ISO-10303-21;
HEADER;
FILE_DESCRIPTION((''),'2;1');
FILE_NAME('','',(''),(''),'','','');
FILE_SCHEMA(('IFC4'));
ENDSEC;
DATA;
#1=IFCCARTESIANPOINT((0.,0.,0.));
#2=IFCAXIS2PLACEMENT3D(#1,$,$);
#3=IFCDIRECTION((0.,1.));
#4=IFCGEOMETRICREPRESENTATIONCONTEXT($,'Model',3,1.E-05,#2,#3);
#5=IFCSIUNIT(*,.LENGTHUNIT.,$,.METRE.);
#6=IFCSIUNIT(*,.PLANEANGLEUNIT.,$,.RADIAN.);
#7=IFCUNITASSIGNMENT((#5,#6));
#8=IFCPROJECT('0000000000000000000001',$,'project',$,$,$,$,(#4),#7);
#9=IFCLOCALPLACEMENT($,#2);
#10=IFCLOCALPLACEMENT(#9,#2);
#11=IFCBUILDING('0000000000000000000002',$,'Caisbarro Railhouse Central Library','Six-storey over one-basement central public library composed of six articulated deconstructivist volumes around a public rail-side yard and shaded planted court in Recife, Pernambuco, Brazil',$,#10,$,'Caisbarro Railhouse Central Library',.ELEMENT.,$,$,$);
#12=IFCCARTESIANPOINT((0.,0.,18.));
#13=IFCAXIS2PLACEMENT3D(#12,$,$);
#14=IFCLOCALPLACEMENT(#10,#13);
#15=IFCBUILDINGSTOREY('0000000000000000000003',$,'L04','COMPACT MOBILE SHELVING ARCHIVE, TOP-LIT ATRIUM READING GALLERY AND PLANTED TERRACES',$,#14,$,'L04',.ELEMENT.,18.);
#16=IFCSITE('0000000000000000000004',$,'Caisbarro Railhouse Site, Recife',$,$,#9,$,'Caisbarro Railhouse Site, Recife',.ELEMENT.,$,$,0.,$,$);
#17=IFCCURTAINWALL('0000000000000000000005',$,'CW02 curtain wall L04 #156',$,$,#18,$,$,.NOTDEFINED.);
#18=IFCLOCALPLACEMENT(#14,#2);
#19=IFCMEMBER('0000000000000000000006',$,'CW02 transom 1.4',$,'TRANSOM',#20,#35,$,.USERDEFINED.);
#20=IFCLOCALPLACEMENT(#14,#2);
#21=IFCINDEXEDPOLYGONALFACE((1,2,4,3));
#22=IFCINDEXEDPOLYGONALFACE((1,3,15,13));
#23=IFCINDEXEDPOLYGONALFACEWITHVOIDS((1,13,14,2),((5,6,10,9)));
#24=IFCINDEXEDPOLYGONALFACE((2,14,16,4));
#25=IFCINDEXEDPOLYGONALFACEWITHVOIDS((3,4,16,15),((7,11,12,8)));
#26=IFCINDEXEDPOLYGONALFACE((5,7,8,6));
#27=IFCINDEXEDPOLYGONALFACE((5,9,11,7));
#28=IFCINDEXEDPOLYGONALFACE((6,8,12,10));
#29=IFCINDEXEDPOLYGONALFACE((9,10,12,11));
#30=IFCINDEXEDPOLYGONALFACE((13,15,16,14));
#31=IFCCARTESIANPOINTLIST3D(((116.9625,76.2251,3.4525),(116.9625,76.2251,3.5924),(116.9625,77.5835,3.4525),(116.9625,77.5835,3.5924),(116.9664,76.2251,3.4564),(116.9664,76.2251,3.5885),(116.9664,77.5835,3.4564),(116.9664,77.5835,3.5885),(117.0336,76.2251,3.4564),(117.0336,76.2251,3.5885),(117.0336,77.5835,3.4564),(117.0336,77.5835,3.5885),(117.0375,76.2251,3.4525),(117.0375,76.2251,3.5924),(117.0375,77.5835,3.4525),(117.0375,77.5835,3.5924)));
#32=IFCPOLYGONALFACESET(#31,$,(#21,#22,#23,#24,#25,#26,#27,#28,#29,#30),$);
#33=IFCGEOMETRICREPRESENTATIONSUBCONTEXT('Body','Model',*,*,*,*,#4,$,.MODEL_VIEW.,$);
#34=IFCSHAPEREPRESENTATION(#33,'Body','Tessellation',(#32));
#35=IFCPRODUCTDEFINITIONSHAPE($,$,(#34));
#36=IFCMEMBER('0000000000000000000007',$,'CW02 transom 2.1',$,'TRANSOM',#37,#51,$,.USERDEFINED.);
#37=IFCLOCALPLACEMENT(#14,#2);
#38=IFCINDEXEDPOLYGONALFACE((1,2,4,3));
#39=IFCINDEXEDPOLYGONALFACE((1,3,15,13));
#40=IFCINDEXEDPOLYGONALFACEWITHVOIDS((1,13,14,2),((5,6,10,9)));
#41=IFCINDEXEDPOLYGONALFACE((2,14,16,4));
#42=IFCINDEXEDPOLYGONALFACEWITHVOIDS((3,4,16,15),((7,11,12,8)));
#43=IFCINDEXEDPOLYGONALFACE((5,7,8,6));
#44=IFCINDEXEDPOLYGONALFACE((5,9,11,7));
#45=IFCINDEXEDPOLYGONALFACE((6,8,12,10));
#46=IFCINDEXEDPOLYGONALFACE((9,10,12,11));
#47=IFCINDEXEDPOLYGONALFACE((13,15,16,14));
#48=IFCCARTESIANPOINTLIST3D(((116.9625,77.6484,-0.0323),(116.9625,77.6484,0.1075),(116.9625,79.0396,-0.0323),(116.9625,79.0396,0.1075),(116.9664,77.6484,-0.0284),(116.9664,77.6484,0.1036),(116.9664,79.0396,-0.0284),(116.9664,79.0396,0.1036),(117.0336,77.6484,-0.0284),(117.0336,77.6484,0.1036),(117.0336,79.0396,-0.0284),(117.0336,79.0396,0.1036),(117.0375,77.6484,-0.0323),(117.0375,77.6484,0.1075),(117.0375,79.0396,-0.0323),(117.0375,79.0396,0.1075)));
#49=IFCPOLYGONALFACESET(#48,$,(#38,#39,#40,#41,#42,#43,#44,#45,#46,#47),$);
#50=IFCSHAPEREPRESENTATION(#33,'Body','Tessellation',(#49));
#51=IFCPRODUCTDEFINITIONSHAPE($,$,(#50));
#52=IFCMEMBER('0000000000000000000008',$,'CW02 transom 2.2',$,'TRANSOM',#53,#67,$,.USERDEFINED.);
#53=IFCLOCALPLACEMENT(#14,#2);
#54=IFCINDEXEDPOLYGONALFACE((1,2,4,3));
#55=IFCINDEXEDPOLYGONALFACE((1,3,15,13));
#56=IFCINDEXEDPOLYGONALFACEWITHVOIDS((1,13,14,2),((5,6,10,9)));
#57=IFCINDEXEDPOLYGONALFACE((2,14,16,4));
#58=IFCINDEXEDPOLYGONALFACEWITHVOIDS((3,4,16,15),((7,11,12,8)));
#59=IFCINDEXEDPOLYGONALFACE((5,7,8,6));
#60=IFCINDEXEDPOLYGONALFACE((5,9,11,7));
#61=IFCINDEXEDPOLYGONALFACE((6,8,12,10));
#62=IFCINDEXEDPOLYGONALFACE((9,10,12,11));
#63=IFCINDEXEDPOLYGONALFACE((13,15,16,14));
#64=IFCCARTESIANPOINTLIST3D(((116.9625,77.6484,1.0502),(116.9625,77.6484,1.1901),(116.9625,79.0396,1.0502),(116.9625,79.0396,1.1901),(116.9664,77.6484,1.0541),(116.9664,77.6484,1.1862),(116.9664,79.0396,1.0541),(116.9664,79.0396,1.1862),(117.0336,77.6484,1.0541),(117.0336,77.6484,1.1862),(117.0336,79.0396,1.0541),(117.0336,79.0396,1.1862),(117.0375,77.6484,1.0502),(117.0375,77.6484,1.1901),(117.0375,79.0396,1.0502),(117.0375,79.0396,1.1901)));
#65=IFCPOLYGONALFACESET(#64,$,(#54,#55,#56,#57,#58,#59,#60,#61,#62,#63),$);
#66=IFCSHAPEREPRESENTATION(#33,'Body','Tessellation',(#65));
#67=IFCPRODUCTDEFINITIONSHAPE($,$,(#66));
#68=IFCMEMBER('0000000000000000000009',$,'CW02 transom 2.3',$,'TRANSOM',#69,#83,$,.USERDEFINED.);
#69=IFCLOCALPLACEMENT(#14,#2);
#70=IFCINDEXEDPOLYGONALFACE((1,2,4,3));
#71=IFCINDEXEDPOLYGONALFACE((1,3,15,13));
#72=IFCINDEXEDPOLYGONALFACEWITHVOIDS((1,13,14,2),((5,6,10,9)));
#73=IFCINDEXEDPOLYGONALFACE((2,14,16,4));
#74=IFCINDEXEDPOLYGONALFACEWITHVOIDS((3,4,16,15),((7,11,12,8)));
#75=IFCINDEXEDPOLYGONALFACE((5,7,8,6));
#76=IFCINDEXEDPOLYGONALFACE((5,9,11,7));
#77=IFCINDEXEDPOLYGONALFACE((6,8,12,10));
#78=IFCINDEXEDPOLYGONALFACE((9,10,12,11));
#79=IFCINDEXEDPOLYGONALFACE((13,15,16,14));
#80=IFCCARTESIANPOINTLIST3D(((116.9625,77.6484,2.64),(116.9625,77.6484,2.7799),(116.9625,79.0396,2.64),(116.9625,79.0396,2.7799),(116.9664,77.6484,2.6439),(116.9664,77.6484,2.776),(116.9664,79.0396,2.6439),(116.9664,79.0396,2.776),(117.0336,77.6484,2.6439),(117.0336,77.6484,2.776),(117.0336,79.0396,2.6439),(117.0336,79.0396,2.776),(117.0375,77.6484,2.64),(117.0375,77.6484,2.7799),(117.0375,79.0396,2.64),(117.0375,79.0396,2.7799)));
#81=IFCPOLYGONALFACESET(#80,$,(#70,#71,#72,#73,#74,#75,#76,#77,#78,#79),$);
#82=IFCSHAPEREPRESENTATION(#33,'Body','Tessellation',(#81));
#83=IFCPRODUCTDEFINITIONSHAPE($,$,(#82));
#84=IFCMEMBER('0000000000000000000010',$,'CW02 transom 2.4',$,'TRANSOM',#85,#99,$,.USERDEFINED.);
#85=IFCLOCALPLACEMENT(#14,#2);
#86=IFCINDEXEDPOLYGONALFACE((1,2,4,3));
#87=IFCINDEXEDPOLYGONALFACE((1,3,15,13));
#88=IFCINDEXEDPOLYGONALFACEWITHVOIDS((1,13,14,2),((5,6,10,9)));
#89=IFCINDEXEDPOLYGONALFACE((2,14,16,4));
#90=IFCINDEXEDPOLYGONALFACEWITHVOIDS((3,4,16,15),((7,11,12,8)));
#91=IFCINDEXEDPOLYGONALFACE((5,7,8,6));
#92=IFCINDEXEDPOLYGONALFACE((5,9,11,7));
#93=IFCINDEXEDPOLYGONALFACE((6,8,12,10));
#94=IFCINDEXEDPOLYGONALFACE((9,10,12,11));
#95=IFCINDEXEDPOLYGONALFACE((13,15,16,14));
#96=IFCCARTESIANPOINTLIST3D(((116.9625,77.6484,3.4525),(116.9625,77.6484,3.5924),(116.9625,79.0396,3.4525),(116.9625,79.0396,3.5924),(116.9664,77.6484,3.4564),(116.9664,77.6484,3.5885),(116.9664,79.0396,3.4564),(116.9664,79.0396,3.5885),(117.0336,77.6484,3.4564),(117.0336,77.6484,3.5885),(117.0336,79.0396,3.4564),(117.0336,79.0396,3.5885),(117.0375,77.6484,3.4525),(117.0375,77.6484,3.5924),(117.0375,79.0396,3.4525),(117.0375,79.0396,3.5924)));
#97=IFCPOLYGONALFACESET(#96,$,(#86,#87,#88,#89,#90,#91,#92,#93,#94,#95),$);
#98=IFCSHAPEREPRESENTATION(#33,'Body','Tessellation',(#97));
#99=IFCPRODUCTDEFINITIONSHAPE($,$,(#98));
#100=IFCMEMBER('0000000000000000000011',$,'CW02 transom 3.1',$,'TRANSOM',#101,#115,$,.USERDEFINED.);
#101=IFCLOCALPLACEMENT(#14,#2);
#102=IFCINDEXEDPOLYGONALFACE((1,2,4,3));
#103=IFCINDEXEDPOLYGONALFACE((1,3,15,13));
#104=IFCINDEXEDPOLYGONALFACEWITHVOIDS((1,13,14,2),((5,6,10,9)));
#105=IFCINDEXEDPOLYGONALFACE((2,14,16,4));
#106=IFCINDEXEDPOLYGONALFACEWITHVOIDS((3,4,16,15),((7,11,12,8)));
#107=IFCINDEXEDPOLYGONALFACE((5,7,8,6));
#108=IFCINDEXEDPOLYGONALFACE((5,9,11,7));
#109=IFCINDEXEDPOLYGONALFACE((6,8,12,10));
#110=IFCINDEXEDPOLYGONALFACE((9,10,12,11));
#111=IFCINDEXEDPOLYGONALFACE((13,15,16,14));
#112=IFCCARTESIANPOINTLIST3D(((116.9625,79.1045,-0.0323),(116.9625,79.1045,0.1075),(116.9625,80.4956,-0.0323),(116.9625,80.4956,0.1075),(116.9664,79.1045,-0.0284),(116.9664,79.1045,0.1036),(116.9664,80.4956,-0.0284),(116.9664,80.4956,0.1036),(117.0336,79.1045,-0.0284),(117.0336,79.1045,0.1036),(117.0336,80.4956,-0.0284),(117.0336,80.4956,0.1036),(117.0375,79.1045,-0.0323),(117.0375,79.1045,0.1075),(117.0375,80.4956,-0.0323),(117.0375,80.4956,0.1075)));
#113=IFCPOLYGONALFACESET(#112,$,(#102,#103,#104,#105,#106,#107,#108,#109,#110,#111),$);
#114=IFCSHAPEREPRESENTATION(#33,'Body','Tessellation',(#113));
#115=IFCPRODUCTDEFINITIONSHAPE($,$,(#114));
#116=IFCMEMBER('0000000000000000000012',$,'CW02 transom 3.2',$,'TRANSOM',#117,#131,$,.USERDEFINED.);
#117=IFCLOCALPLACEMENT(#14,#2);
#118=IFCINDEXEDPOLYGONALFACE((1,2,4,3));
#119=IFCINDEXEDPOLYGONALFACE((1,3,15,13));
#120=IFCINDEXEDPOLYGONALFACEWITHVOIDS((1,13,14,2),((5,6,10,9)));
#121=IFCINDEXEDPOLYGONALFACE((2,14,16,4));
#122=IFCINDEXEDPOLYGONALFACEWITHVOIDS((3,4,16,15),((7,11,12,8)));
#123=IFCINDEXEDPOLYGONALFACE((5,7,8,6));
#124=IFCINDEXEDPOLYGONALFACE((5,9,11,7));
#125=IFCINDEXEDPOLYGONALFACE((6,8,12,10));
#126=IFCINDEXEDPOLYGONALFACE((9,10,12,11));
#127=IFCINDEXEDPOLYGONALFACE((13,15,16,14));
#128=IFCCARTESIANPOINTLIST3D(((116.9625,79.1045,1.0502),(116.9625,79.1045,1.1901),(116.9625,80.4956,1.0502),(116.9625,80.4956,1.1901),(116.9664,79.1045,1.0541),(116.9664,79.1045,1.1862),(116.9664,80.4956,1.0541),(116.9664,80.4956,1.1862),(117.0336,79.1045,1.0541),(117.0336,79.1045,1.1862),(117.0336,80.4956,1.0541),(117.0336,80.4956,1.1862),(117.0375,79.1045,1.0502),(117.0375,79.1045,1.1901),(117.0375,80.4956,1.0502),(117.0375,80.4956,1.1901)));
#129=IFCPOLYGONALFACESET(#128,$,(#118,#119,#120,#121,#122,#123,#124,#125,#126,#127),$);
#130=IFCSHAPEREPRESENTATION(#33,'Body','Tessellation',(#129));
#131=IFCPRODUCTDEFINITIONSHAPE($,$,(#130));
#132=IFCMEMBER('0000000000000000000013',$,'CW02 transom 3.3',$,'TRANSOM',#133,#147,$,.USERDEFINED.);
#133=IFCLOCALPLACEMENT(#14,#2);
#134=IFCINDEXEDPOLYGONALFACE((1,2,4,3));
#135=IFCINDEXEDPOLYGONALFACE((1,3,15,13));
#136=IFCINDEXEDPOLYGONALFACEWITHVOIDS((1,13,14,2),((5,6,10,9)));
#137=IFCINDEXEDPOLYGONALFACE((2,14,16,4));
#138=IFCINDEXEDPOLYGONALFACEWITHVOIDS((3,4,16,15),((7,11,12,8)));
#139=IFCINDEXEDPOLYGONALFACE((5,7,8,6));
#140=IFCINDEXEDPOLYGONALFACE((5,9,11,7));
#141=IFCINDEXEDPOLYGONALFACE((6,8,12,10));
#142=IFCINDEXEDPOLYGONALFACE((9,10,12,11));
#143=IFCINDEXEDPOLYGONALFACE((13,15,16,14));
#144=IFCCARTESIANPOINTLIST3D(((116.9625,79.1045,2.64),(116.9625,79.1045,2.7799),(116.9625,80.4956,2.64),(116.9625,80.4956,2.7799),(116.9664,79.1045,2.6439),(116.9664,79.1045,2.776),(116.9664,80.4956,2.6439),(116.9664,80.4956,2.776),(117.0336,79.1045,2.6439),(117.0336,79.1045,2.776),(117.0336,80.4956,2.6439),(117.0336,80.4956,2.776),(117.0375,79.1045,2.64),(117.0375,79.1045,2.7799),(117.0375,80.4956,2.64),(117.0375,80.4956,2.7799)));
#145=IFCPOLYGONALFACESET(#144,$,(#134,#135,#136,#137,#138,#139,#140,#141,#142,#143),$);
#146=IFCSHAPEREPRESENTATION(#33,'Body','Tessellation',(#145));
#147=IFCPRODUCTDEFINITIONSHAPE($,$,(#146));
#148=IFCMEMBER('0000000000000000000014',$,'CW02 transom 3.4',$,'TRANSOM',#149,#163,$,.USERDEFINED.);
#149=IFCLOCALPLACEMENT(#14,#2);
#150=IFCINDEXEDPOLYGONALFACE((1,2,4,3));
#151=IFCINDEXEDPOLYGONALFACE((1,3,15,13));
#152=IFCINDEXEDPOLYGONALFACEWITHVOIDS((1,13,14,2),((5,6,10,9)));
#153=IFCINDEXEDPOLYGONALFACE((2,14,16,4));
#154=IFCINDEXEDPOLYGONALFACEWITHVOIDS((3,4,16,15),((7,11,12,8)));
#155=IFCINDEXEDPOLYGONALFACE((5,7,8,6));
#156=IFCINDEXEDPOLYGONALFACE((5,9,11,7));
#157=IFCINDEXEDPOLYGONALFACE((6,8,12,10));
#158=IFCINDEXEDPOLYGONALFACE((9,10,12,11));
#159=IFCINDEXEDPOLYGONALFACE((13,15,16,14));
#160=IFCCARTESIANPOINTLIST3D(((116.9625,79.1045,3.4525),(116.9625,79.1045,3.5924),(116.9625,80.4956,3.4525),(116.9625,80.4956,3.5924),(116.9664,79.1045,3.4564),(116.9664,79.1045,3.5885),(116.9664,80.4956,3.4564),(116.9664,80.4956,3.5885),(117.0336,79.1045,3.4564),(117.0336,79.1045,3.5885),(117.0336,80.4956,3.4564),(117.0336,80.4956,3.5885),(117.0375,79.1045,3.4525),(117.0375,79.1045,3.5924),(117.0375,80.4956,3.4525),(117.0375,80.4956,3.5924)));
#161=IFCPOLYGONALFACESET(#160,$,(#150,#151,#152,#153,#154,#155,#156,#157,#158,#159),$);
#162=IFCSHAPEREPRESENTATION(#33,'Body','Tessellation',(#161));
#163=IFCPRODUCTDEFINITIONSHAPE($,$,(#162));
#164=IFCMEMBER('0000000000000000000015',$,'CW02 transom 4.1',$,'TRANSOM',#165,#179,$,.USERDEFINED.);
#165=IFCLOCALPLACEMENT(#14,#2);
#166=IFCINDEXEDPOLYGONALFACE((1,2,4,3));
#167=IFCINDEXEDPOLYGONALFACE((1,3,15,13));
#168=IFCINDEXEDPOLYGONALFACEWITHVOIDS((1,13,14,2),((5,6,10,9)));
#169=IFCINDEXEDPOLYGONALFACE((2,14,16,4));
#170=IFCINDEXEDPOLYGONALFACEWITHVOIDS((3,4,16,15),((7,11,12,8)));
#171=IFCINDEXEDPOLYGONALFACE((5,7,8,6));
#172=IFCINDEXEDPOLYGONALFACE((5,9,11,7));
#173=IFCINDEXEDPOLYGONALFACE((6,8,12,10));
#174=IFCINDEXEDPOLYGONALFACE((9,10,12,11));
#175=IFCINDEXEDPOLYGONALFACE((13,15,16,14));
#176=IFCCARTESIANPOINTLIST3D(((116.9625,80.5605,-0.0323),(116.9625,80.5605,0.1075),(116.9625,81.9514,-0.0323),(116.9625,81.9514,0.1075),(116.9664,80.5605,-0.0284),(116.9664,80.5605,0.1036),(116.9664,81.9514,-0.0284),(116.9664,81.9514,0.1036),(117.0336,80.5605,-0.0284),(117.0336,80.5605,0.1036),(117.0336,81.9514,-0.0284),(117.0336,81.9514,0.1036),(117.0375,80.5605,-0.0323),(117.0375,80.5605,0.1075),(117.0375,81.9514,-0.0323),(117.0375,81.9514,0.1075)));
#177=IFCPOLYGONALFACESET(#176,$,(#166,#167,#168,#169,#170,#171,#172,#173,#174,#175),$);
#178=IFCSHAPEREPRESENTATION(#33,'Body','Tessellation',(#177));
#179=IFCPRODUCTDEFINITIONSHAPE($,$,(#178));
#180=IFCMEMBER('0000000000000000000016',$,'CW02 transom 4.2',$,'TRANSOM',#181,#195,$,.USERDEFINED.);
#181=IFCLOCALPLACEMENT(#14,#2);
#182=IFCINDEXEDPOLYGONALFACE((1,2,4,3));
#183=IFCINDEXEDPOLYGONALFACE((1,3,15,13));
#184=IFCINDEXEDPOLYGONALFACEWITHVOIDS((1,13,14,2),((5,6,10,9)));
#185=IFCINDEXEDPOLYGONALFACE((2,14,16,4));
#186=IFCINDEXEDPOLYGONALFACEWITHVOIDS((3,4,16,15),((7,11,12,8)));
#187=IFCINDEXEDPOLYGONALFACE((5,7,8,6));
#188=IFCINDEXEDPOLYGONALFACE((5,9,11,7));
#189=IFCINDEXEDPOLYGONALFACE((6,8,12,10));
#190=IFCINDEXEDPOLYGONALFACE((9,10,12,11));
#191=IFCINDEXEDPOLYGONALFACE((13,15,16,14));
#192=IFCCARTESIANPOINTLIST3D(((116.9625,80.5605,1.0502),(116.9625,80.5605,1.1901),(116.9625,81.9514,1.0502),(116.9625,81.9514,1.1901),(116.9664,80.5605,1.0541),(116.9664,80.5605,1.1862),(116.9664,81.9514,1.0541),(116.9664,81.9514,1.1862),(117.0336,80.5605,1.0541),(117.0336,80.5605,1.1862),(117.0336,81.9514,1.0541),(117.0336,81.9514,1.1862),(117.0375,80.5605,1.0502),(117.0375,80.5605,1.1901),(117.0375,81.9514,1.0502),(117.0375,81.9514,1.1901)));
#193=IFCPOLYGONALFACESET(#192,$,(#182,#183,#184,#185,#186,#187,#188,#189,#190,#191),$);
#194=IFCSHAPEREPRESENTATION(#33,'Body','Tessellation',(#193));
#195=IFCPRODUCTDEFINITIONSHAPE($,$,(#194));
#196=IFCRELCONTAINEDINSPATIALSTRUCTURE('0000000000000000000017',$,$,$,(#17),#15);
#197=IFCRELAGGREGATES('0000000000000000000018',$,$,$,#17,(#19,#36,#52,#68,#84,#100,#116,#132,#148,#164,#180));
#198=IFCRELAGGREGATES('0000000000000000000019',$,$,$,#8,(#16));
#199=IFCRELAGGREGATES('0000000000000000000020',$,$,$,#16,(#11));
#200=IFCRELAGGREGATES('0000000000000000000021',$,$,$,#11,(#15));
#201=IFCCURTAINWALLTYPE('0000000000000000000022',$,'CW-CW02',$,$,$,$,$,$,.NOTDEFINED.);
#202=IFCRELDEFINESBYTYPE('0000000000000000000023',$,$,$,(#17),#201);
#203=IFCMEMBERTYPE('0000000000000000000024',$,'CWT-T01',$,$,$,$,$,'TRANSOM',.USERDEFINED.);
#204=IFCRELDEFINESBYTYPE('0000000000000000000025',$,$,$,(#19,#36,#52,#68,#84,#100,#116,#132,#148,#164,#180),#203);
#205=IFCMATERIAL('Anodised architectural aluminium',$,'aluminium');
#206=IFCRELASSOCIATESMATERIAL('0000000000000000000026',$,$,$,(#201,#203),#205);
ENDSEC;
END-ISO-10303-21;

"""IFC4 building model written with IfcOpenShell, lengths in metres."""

from ifc_helpers import new_model, si_unit, direction, frame, origin, origin_2d, place, context, subcontext, project, spatial, hollow_rectangle, extrude, material, material_profile, profile_set, type_object, element, aggregate, save


model = new_model("IFC4")

# Units and contexts
model_context = context("Model", 3, precision=1e-05, world=origin(), true_north=direction((0.0, 1.0)))
body_context = subcontext(model_context, "Body", "Model", "MODEL_VIEW")
ifc_project = project(units=[si_unit("LENGTHUNIT", "METRE"), si_unit("PLANEANGLEUNIT", "RADIAN")], contexts=[model_context])

# Site, building, storey
site_placement = place(None, origin())
site = spatial("IfcSite", under=ifc_project, at=site_placement, Name="Caisbarro Railhouse Site, Recife", LongName="Caisbarro Railhouse Site, Recife", CompositionType="ELEMENT", RefElevation=0.0)
building_placement = place(site_placement, origin())
building = spatial("IfcBuilding", under=site, at=building_placement, Name="Caisbarro Railhouse Central Library", Description="Six-storey over one-basement central public library composed of six articulated deconstructivist volumes around a public rail-side yard and shaded planted court in Recife, Pernambuco, Brazil", LongName="Caisbarro Railhouse Central Library", CompositionType="ELEMENT")
storey_placement = place(building_placement, frame((0.0, 0.0, 18.0)))
storey = spatial("IfcBuildingStorey", under=building, at=storey_placement, Name="L04", Description="COMPACT MOBILE SHELVING ARCHIVE, TOP-LIT ATRIUM READING GALLERY AND PLANTED TERRACES", LongName="L04", CompositionType="ELEMENT", Elevation=18.0)

# Curtain wall, members
ifc_material_1 = material(Name="Anodised architectural aluminium", Category="aluminium")
curtain_wall_type = type_object("IfcCurtainWallType", Name="CW-CW02", PredefinedType="NOTDEFINED", material=ifc_material_1)
curtain_wall_placement = place(storey_placement, origin())
curtain_wall = element("IfcCurtainWall", 1, at=curtain_wall_placement, inside=storey, type_object=curtain_wall_type, Name="CW02 curtain wall L04 #156", PredefinedType="NOTDEFINED")
ifc_material_profile_1 = material_profile(ifc_material_1, hollow_rectangle(XDim=0.075, YDim=0.1399, WallThickness=0.0039, at=origin_2d()), Name="ALU-TRN-75X140")
ifc_profile_set_1 = profile_set([ifc_material_profile_1], Name="Anodised architectural aluminium")
member_type_1 = type_object("IfcMemberType", Name="CWT-T01", ElementType="TRANSOM", PredefinedType="USERDEFINED", material=ifc_profile_set_1)
member_1_placement = place(storey_placement, frame((117.0, 76.2251, 3.5225), z_axis=(0.0, 1.0, 0.0), x_axis=(-1.0, 0.0, 0.0)))
member_1 = element("IfcMember", 2, at=member_1_placement, type_object=member_type_1, Name="CW02 transom 1.4", ObjectType="TRANSOM", PredefinedType="USERDEFINED", context=body_context, shape_type="SweptSolid", body=[
    extrude(hollow_rectangle(XDim=0.075, YDim=0.1399, WallThickness=0.0039, at=origin_2d()), origin(), (0.0, 0.0, 1.0), 1.3584),
])
member_2_placement = place(storey_placement, frame((117.0, 77.6484, 0.0376), z_axis=(0.0, 1.0, 0.0), x_axis=(-1.0, 0.0, 0.0)))
member_2 = element("IfcMember", 3, at=member_2_placement, type_object=member_type_1, Name="CW02 transom 2.1", ObjectType="TRANSOM", PredefinedType="USERDEFINED", context=body_context, shape_type="SweptSolid", body=[
    extrude(hollow_rectangle(XDim=0.075, YDim=0.1399, WallThickness=0.0039, at=origin_2d()), origin(), (0.0, 0.0, 1.0), 1.3911),
])
member_3_placement = place(storey_placement, frame((117.0, 77.6484, 1.1201), z_axis=(0.0, 1.0, 0.0), x_axis=(-1.0, 0.0, 0.0)))
member_3 = element("IfcMember", 4, at=member_3_placement, type_object=member_type_1, Name="CW02 transom 2.2", ObjectType="TRANSOM", PredefinedType="USERDEFINED", context=body_context, shape_type="SweptSolid", body=[
    extrude(hollow_rectangle(XDim=0.075, YDim=0.1399, WallThickness=0.0039, at=origin_2d()), origin(), (0.0, 0.0, 1.0), 1.3911),
])
member_4_placement = place(storey_placement, frame((117.0, 77.6484, 2.71), z_axis=(0.0, 1.0, 0.0), x_axis=(-1.0, 0.0, 0.0)))
member_4 = element("IfcMember", 5, at=member_4_placement, type_object=member_type_1, Name="CW02 transom 2.3", ObjectType="TRANSOM", PredefinedType="USERDEFINED", context=body_context, shape_type="SweptSolid", body=[
    extrude(hollow_rectangle(XDim=0.075, YDim=0.1399, WallThickness=0.0039, at=origin_2d()), origin(), (0.0, 0.0, 1.0), 1.3911),
])
member_5_placement = place(storey_placement, frame((117.0, 77.6484, 3.5225), z_axis=(0.0, 1.0, 0.0), x_axis=(-1.0, 0.0, 0.0)))
member_5 = element("IfcMember", 6, at=member_5_placement, type_object=member_type_1, Name="CW02 transom 2.4", ObjectType="TRANSOM", PredefinedType="USERDEFINED", context=body_context, shape_type="SweptSolid", body=[
    extrude(hollow_rectangle(XDim=0.075, YDim=0.1399, WallThickness=0.0039, at=origin_2d()), origin(), (0.0, 0.0, 1.0), 1.3911),
])
member_6_placement = place(storey_placement, frame((117.0, 79.1045, 0.0376), z_axis=(0.0, 1.0, 0.0), x_axis=(-1.0, 0.0, 0.0)))
member_6 = element("IfcMember", 7, at=member_6_placement, type_object=member_type_1, Name="CW02 transom 3.1", ObjectType="TRANSOM", PredefinedType="USERDEFINED", context=body_context, shape_type="SweptSolid", body=[
    extrude(hollow_rectangle(XDim=0.075, YDim=0.1399, WallThickness=0.0039, at=origin_2d()), origin(), (0.0, 0.0, 1.0), 1.3911),
])
member_7_placement = place(storey_placement, frame((117.0, 79.1045, 1.1201), z_axis=(0.0, 1.0, 0.0), x_axis=(-1.0, 0.0, 0.0)))
member_7 = element("IfcMember", 8, at=member_7_placement, type_object=member_type_1, Name="CW02 transom 3.2", ObjectType="TRANSOM", PredefinedType="USERDEFINED", context=body_context, shape_type="SweptSolid", body=[
    extrude(hollow_rectangle(XDim=0.075, YDim=0.1399, WallThickness=0.0039, at=origin_2d()), origin(), (0.0, 0.0, 1.0), 1.3911),
])
member_8_placement = place(storey_placement, frame((117.0, 79.1045, 2.71), z_axis=(0.0, 1.0, 0.0), x_axis=(-1.0, 0.0, 0.0)))
member_8 = element("IfcMember", 9, at=member_8_placement, type_object=member_type_1, Name="CW02 transom 3.3", ObjectType="TRANSOM", PredefinedType="USERDEFINED", context=body_context, shape_type="SweptSolid", body=[
    extrude(hollow_rectangle(XDim=0.075, YDim=0.1399, WallThickness=0.0039, at=origin_2d()), origin(), (0.0, 0.0, 1.0), 1.3911),
])
member_9_placement = place(storey_placement, frame((117.0, 79.1045, 3.5225), z_axis=(0.0, 1.0, 0.0), x_axis=(-1.0, 0.0, 0.0)))
member_9 = element("IfcMember", 10, at=member_9_placement, type_object=member_type_1, Name="CW02 transom 3.4", ObjectType="TRANSOM", PredefinedType="USERDEFINED", context=body_context, shape_type="SweptSolid", body=[
    extrude(hollow_rectangle(XDim=0.075, YDim=0.1399, WallThickness=0.0039, at=origin_2d()), origin(), (0.0, 0.0, 1.0), 1.3911),
])
member_10_placement = place(storey_placement, frame((117.0, 80.5605, 0.0376), z_axis=(0.0, 1.0, 0.0), x_axis=(-1.0, 0.0, 0.0)))
member_10 = element("IfcMember", 11, at=member_10_placement, type_object=member_type_1, Name="CW02 transom 4.1", ObjectType="TRANSOM", PredefinedType="USERDEFINED", context=body_context, shape_type="SweptSolid", body=[
    extrude(hollow_rectangle(XDim=0.075, YDim=0.1399, WallThickness=0.0039, at=origin_2d()), origin(), (0.0, 0.0, 1.0), 1.3909),
])
member_11_placement = place(storey_placement, frame((117.0, 80.5605, 1.1201), z_axis=(0.0, 1.0, 0.0), x_axis=(-1.0, 0.0, 0.0)))
member_11 = element("IfcMember", 12, at=member_11_placement, type_object=member_type_1, Name="CW02 transom 4.2", ObjectType="TRANSOM", PredefinedType="USERDEFINED", context=body_context, shape_type="SweptSolid", body=[
    extrude(hollow_rectangle(XDim=0.075, YDim=0.1399, WallThickness=0.0039, at=origin_2d()), origin(), (0.0, 0.0, 1.0), 1.3909),
])
aggregate(curtain_wall, [member_1, member_2, member_3, member_4, member_5, member_6, member_7, member_8, member_9, member_10, member_11])

save(model, "model.ifc")
